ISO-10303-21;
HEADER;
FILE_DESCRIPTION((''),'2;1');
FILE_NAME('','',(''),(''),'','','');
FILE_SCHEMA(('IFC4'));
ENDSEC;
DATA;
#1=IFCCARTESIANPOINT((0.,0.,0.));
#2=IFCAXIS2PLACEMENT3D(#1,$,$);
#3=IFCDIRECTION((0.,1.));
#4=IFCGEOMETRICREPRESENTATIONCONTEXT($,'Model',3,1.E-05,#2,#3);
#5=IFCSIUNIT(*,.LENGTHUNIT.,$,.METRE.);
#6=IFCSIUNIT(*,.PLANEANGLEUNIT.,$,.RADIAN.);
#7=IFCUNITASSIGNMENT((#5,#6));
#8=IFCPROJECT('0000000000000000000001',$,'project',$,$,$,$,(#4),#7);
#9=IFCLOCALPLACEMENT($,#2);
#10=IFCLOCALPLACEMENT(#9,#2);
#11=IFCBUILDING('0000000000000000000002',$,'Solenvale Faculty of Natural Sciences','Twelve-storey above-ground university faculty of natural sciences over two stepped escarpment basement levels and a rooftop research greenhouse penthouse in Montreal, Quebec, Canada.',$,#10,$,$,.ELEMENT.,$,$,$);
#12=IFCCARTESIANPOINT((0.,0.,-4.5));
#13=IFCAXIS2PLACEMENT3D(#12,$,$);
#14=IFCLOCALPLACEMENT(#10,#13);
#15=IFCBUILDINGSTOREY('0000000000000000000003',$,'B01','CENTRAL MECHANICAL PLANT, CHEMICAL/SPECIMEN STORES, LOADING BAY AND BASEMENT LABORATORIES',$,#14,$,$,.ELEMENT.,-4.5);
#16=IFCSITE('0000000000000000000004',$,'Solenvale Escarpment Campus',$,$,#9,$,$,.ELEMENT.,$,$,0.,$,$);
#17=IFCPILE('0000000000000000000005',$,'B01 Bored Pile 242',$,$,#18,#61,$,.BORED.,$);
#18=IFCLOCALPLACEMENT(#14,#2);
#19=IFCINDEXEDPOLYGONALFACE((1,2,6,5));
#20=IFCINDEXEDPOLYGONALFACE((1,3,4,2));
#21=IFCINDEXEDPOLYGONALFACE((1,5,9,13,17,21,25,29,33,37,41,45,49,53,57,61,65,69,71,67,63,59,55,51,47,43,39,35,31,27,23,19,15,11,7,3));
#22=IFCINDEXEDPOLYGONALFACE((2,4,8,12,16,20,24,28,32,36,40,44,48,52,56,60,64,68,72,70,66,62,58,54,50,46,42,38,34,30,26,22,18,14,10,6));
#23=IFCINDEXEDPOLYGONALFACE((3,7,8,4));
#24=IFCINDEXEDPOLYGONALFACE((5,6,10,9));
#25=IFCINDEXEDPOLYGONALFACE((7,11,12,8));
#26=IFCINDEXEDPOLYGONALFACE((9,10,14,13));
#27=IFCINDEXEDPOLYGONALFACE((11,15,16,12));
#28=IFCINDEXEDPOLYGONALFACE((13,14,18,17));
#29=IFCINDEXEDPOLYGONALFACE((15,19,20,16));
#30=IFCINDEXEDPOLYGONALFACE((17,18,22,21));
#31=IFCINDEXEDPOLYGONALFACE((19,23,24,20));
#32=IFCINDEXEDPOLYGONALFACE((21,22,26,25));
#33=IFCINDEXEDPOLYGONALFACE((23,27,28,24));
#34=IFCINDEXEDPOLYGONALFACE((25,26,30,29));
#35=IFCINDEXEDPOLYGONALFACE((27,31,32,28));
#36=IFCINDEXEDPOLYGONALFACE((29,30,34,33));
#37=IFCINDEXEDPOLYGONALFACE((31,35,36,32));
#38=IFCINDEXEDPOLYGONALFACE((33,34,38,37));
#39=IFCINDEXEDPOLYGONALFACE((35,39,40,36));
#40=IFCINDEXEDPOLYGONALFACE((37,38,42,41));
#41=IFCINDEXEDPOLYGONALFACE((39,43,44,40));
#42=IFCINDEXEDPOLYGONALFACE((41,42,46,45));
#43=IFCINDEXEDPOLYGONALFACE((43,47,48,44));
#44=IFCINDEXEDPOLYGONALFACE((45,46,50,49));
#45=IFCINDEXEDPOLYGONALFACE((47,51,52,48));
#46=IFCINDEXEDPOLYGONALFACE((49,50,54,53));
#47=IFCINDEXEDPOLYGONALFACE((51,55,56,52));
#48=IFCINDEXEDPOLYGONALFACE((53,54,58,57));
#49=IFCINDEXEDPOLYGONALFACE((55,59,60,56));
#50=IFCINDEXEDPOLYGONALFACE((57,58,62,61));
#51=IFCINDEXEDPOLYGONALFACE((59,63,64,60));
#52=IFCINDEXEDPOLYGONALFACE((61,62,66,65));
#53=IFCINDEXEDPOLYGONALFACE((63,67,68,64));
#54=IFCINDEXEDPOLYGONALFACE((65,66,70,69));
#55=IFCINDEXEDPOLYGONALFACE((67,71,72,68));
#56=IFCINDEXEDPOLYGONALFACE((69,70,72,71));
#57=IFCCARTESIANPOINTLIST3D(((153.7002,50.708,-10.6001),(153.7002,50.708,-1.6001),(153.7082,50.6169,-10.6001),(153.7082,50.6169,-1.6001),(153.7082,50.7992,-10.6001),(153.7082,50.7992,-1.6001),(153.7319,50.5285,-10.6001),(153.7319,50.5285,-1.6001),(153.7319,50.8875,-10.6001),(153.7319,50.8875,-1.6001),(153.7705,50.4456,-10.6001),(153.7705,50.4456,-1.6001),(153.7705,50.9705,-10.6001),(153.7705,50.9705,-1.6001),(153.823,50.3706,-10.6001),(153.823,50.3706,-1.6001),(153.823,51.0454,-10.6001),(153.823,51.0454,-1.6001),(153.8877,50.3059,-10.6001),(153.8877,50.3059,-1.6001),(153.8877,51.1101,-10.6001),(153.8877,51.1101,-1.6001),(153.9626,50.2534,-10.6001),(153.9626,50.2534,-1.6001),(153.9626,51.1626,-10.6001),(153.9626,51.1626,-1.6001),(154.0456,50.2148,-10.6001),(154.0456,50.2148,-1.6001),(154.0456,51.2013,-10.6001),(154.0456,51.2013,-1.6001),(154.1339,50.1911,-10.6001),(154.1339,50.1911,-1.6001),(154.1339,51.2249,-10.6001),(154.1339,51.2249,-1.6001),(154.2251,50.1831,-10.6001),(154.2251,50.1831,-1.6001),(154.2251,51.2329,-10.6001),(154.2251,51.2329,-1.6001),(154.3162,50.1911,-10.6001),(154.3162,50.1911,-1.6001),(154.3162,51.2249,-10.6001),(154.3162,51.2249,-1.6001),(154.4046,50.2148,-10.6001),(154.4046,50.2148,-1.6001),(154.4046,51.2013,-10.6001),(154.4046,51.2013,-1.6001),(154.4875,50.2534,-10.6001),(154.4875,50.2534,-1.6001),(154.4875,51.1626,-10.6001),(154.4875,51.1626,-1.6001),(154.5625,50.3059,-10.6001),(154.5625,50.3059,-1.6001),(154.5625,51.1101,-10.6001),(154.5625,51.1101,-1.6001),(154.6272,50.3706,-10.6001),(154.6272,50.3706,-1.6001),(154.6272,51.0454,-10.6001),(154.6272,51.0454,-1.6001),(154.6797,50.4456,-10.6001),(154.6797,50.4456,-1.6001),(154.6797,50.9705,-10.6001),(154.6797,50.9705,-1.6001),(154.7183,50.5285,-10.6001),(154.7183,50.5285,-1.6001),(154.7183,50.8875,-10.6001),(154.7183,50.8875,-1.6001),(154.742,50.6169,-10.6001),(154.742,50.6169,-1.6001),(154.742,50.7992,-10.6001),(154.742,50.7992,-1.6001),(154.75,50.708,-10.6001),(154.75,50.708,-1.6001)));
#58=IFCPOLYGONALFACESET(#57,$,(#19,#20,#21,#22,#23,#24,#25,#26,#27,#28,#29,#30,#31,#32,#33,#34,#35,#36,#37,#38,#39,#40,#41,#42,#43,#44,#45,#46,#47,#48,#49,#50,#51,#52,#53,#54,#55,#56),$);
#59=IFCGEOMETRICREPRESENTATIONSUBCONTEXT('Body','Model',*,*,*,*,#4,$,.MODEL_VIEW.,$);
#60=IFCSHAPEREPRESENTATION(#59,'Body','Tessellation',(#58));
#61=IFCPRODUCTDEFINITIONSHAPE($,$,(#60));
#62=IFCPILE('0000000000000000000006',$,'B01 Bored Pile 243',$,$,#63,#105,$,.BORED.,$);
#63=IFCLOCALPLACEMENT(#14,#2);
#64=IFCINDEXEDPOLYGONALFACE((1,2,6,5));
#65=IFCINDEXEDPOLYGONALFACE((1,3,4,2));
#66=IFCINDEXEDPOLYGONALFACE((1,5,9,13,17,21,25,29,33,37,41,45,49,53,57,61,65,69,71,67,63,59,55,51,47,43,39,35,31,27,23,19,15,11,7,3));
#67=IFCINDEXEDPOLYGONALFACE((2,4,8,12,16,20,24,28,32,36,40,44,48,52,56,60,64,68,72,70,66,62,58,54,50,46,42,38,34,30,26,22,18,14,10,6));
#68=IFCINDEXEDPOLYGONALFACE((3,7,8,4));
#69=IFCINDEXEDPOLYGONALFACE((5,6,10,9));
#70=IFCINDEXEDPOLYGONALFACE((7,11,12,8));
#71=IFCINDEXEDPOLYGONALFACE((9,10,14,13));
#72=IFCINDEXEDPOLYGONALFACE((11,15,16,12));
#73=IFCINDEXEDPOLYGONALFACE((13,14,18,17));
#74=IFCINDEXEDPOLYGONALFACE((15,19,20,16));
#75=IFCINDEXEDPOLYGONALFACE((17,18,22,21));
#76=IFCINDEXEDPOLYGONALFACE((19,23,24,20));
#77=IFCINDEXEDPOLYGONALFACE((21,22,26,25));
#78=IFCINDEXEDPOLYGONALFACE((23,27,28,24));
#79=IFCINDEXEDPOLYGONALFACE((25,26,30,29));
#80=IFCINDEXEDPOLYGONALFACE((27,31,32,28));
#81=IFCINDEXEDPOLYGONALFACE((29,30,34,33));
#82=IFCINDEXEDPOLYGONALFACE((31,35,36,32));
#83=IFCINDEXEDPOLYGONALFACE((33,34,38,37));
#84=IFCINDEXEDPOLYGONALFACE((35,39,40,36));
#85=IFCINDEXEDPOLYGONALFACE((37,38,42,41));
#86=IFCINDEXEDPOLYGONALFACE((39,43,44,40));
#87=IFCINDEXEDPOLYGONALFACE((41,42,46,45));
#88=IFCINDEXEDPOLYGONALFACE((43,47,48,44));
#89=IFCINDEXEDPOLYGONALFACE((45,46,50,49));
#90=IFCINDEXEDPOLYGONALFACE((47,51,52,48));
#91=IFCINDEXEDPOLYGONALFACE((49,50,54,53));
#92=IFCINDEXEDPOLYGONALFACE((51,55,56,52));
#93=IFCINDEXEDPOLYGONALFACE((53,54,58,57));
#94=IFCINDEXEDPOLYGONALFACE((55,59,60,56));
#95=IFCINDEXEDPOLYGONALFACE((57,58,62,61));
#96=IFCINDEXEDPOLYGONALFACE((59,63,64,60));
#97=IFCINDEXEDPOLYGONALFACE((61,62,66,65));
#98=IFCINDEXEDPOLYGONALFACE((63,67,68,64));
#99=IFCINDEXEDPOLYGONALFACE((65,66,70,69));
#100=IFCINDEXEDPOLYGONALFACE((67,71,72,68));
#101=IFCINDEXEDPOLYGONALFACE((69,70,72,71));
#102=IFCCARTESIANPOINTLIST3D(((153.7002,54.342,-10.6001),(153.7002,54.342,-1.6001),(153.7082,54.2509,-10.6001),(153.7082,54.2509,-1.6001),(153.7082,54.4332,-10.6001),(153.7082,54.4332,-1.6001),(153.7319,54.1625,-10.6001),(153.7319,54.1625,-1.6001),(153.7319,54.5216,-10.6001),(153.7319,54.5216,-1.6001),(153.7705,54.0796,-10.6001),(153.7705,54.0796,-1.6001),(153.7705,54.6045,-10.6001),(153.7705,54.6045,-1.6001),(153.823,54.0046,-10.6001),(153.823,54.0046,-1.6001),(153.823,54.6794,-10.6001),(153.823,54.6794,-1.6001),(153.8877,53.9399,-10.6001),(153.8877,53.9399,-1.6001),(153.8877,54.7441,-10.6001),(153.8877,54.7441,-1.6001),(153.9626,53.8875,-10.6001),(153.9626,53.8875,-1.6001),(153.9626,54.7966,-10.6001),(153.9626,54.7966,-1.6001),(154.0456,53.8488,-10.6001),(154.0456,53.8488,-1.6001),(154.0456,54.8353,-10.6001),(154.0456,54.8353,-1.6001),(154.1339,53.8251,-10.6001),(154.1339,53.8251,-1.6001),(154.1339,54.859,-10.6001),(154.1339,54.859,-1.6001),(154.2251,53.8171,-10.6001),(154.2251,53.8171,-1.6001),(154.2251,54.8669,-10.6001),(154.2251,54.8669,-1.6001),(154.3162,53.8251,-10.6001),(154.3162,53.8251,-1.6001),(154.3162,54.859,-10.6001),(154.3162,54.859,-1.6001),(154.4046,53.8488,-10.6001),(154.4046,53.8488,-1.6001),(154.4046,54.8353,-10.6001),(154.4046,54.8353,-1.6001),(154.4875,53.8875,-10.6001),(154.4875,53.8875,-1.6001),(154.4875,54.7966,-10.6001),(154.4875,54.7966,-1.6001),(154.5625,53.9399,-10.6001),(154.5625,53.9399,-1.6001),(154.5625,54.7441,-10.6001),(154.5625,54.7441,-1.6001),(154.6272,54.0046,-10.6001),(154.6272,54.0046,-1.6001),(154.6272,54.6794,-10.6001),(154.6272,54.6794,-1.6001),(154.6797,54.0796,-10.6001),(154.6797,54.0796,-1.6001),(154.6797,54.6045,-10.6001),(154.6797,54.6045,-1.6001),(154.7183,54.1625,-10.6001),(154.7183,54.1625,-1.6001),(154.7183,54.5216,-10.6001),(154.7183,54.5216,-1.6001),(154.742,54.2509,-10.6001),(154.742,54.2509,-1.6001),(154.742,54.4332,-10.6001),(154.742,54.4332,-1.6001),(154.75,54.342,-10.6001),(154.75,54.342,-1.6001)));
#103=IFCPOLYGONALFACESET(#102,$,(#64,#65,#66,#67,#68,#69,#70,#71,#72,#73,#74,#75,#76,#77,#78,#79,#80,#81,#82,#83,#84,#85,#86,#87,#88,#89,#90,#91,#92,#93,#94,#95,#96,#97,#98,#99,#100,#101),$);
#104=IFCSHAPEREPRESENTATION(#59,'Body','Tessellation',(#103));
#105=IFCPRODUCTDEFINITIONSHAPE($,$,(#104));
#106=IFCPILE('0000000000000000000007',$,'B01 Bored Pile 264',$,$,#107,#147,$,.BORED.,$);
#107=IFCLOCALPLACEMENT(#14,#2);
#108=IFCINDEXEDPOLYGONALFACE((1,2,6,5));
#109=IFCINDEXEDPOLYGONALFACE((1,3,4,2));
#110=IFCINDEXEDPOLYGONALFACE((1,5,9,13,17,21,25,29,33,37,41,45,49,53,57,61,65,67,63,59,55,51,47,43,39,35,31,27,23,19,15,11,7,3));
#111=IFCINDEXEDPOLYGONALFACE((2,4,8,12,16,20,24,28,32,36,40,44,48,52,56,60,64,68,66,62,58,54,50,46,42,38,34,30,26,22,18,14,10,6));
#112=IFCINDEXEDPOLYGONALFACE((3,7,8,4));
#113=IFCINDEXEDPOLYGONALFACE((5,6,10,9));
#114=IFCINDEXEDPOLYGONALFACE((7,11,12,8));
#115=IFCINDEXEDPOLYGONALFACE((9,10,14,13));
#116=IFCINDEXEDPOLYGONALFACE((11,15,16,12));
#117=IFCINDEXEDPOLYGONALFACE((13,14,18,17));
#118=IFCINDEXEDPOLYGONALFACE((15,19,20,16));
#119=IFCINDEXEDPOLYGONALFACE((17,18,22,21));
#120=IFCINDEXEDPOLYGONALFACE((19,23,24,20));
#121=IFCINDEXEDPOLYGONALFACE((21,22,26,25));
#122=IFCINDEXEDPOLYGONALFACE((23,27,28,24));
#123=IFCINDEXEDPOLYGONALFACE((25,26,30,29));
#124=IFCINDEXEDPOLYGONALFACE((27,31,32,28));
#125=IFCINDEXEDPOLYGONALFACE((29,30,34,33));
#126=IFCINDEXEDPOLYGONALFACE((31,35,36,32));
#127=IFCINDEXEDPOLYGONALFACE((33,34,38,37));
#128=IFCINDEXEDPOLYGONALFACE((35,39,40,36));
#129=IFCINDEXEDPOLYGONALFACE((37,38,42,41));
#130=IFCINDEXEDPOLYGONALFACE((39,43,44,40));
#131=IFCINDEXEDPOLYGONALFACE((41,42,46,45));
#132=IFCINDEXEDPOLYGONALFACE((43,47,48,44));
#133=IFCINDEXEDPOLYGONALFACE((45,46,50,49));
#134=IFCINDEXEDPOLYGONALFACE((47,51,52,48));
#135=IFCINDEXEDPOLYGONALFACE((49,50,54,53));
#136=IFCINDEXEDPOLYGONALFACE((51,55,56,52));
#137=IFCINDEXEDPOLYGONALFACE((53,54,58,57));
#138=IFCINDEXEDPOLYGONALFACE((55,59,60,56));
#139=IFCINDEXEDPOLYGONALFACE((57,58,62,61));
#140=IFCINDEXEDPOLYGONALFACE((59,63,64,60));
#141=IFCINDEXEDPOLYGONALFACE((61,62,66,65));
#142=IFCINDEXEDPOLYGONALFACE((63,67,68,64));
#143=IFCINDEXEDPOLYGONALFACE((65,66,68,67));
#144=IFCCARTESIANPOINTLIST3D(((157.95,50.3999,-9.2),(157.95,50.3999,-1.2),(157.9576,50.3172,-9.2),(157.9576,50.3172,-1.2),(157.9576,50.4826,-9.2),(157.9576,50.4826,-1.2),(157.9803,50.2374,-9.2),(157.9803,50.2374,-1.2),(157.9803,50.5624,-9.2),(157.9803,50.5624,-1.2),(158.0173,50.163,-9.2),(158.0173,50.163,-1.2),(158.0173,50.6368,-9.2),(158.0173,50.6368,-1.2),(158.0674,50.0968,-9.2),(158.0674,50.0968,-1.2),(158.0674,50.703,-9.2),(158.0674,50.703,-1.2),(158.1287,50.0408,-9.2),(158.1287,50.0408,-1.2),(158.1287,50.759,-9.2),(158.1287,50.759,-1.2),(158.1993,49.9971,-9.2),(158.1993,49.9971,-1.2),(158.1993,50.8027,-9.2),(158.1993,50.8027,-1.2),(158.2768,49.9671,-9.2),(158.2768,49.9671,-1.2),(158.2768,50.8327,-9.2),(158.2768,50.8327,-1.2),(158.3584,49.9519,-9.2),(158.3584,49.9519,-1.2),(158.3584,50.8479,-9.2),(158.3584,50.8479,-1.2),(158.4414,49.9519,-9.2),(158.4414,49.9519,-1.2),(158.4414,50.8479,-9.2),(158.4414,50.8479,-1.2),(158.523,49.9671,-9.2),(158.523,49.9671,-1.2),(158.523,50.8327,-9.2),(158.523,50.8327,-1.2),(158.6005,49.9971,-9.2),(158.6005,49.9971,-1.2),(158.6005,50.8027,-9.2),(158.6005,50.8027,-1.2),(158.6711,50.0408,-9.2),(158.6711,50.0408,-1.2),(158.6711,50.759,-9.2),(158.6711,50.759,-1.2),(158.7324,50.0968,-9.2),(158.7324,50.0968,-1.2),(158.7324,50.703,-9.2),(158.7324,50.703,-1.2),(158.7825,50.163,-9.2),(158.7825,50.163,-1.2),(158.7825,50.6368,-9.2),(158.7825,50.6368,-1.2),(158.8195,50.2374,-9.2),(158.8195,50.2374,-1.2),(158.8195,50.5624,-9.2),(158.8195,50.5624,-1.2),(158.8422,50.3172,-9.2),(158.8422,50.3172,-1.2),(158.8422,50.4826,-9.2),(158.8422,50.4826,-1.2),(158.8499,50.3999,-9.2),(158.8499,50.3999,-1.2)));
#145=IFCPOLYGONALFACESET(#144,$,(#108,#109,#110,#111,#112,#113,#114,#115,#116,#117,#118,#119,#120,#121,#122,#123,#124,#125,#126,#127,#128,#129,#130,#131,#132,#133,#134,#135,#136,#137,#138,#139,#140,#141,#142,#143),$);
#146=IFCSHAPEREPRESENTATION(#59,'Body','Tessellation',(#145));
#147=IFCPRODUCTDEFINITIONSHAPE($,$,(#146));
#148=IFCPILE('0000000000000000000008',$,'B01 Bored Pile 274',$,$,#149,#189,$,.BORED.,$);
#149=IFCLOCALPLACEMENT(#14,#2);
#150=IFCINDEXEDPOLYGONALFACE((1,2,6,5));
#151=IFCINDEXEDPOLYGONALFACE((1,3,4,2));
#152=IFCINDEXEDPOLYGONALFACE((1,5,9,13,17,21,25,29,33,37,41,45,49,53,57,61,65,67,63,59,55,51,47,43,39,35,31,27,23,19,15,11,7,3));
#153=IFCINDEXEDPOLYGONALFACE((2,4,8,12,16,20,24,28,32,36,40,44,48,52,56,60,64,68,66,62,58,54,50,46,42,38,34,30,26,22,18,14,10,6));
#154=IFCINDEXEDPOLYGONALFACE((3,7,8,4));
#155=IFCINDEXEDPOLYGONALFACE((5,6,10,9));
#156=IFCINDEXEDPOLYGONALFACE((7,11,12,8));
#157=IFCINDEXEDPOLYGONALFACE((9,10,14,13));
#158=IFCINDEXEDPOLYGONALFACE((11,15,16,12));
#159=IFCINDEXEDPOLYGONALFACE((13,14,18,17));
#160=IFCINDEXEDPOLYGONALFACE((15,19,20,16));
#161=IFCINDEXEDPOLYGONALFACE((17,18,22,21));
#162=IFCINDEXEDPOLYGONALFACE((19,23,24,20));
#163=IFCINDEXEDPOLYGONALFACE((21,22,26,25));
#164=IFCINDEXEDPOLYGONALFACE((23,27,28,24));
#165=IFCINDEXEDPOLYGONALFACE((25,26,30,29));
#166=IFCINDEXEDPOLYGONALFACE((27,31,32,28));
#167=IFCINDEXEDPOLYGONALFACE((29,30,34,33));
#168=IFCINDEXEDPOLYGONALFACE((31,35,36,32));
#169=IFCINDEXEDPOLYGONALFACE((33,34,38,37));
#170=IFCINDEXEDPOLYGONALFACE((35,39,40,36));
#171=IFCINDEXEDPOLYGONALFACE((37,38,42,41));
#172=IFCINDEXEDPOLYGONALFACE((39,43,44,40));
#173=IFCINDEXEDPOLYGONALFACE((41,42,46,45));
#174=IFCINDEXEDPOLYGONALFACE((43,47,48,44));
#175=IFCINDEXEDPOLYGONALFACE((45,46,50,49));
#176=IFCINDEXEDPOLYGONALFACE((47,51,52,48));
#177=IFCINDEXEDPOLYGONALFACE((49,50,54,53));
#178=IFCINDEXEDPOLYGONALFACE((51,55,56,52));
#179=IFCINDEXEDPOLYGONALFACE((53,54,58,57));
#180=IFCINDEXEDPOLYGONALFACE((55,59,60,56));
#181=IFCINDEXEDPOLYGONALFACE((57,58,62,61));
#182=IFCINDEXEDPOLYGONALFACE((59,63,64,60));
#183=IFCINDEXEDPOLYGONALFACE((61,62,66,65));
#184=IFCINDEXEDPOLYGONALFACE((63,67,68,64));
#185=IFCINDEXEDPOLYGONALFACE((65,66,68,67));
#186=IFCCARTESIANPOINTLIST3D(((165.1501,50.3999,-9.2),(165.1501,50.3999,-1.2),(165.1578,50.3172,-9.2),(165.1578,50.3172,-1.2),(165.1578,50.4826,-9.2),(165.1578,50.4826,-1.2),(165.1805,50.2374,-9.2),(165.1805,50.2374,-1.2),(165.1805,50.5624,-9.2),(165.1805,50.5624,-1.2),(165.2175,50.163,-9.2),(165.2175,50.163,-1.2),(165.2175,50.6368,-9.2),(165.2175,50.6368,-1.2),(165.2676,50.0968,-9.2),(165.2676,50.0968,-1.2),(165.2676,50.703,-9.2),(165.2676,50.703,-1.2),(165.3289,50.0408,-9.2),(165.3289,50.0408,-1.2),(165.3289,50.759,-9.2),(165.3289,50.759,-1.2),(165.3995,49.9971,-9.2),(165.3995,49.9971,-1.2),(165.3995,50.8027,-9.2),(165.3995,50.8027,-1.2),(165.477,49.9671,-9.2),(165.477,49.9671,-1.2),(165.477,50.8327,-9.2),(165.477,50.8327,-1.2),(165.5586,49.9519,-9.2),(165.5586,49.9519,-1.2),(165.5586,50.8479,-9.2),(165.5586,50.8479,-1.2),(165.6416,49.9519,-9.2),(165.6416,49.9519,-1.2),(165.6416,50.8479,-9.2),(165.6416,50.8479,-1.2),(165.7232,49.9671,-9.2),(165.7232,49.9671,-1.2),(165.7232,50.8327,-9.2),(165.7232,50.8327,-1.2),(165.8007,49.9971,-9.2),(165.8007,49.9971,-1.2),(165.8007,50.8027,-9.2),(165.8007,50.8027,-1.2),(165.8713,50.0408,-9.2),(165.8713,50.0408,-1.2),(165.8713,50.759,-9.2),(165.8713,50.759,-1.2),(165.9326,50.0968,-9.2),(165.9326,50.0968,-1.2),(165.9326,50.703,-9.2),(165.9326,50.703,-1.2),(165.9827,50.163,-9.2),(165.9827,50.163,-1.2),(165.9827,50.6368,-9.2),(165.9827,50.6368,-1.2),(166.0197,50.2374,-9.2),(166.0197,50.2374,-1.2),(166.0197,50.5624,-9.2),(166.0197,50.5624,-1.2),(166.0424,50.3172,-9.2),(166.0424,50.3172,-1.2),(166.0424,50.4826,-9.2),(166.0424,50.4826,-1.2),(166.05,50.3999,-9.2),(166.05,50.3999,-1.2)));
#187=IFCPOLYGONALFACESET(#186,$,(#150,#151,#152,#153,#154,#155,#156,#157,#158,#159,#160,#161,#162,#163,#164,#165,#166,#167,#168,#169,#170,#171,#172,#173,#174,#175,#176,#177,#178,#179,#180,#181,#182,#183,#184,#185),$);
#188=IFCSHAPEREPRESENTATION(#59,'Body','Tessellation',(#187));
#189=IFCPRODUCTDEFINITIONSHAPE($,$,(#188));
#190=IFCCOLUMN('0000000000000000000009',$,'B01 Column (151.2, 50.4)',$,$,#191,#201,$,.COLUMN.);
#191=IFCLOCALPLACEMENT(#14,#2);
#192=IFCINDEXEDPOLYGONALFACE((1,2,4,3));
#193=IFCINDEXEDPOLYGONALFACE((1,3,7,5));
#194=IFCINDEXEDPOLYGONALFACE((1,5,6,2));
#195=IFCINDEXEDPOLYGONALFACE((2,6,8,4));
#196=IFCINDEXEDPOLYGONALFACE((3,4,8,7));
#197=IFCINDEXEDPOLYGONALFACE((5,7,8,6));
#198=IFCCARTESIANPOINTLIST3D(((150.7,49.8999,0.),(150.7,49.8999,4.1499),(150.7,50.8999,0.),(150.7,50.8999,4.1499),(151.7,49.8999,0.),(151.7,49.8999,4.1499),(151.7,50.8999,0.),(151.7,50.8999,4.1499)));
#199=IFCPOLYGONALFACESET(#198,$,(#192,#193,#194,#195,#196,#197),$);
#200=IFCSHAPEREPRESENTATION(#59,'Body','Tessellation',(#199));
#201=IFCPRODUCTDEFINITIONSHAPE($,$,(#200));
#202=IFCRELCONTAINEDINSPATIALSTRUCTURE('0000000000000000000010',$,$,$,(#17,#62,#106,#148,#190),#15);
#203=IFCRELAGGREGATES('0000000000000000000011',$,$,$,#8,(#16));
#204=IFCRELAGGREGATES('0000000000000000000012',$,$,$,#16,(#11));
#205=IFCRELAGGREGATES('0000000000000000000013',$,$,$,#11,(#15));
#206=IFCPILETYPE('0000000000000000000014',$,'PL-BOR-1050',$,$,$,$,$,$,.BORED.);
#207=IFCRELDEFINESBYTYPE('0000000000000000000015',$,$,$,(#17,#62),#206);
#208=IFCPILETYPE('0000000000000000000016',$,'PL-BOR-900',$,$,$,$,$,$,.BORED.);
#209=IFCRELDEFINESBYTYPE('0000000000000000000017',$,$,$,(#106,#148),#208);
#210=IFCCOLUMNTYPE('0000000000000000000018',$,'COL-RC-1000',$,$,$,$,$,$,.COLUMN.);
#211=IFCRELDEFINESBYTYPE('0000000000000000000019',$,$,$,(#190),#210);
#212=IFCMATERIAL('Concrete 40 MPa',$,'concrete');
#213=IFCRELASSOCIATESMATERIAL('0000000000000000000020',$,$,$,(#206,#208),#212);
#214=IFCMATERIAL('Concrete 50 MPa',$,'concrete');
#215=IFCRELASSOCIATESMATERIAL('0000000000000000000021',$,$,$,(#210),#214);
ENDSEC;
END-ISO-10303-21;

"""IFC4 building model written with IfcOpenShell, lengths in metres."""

from ifc_helpers import new_model, si_unit, direction, frame, origin, origin_2d, place, context, subcontext, project, spatial, rectangle, circle, extrude, material, material_profile, profile_set, type_object, element, save


model = new_model("IFC4")

# Units and contexts
model_context = context("Model", 3, precision=1e-05, world=origin(), true_north=direction((0.0, 1.0)))
body_context = subcontext(model_context, "Body", "Model", "MODEL_VIEW")
ifc_project = project(units=[si_unit("LENGTHUNIT", "METRE"), si_unit("PLANEANGLEUNIT", "RADIAN")], contexts=[model_context])

# Site, building, storey
site_placement = place(None, origin())
site = spatial("IfcSite", under=ifc_project, at=site_placement, Name="Solenvale Escarpment Campus", CompositionType="ELEMENT", RefElevation=0.0)
building_placement = place(site_placement, origin())
building = spatial("IfcBuilding", under=site, at=building_placement, Name="Solenvale Faculty of Natural Sciences", Description="Twelve-storey above-ground university faculty of natural sciences over two stepped escarpment basement levels and a rooftop research greenhouse penthouse in Montreal, Quebec, Canada.", CompositionType="ELEMENT")
storey_placement = place(building_placement, frame((0.0, 0.0, -4.5)))
storey = spatial("IfcBuildingStorey", under=building, at=storey_placement, Name="B01", Description="CENTRAL MECHANICAL PLANT, CHEMICAL/SPECIMEN STORES, LOADING BAY AND BASEMENT LABORATORIES", CompositionType="ELEMENT", Elevation=-4.5)

# Shared definitions
ifc_material_1 = material(Name="Concrete 40 MPa", Category="concrete")

# Piles
ifc_material_profile_1 = material_profile(ifc_material_1, circle(Radius=0.5249, at=origin_2d()), Name="PILE-D1050")
ifc_profile_set_1 = profile_set([ifc_material_profile_1], Name="Concrete 40 MPa")
pile_type_1 = type_object("IfcPileType", Name="PL-BOR-1050", PredefinedType="BORED", material=ifc_profile_set_1)
for number, where, z_axis, x_axis, name in (
    (1, (154.2251, 50.708, -1.6001), (0.0, 0.0, -1.0), (1.0, 0.0, 0.0), "B01 Bored Pile 242"),
    (2, (154.2251, 54.342, -1.6001), (0.0, 0.0, -1.0), (1.0, 0.0, 0.0), "B01 Bored Pile 243"),
):
    element("IfcPile", number, at=place(storey_placement, frame(where, z_axis=z_axis, x_axis=x_axis)), inside=storey, type_object=pile_type_1, Name=name, PredefinedType="BORED", context=body_context, shape_type="SweptSolid", body=[
        extrude(circle(Radius=0.5249, at=origin_2d()), origin(), (0.0, 0.0, 1.0), 9.0),
    ])
ifc_material_profile_2 = material_profile(ifc_material_1, circle(Radius=0.45, at=origin_2d()), Name="PILE-D900")
ifc_profile_set_2 = profile_set([ifc_material_profile_2], Name="Concrete 40 MPa")
pile_type_2 = type_object("IfcPileType", Name="PL-BOR-900", PredefinedType="BORED", material=ifc_profile_set_2)
for number, where, z_axis, x_axis, name in (
    (3, (158.3999, 50.3999, -1.2), (0.0, 0.0, -1.0), (1.0, 0.0, 0.0), "B01 Bored Pile 264"),
    (4, (165.6001, 50.3999, -1.2), (0.0, 0.0, -1.0), (1.0, 0.0, 0.0), "B01 Bored Pile 274"),
):
    element("IfcPile", number, at=place(storey_placement, frame(where, z_axis=z_axis, x_axis=x_axis)), inside=storey, type_object=pile_type_2, Name=name, PredefinedType="BORED", context=body_context, shape_type="SweptSolid", body=[
        extrude(circle(Radius=0.45, at=origin_2d()), origin(), (0.0, 0.0, 1.0), 8.0),
    ])

# Column
ifc_material_2 = material(Name="Concrete 50 MPa", Category="concrete")
ifc_material_profile_3 = material_profile(ifc_material_2, rectangle(XDim=1.0, YDim=1.0, at=origin_2d()), Name="RC-COL-1000x1000")
ifc_profile_set_3 = profile_set([ifc_material_profile_3], Name="Concrete 50 MPa")
column_type = type_object("IfcColumnType", Name="COL-RC-1000", PredefinedType="COLUMN", material=ifc_profile_set_3)
for number, where, z_axis, x_axis, name in (
    (5, (151.2, 50.3999, 0.0), (0.0, 0.0, 1.0), (1.0, 0.0, 0.0), "B01 Column (151.2, 50.4)"),
):
    element("IfcColumn", number, at=place(storey_placement, frame(where, z_axis=z_axis, x_axis=x_axis)), inside=storey, type_object=column_type, Name=name, PredefinedType="COLUMN", context=body_context, shape_type="SweptSolid", body=[
        extrude(rectangle(XDim=1.0, YDim=1.0, at=origin_2d()), origin(), (0.0, 0.0, 1.0), 4.1499),
    ])

save(model, "model.ifc")
